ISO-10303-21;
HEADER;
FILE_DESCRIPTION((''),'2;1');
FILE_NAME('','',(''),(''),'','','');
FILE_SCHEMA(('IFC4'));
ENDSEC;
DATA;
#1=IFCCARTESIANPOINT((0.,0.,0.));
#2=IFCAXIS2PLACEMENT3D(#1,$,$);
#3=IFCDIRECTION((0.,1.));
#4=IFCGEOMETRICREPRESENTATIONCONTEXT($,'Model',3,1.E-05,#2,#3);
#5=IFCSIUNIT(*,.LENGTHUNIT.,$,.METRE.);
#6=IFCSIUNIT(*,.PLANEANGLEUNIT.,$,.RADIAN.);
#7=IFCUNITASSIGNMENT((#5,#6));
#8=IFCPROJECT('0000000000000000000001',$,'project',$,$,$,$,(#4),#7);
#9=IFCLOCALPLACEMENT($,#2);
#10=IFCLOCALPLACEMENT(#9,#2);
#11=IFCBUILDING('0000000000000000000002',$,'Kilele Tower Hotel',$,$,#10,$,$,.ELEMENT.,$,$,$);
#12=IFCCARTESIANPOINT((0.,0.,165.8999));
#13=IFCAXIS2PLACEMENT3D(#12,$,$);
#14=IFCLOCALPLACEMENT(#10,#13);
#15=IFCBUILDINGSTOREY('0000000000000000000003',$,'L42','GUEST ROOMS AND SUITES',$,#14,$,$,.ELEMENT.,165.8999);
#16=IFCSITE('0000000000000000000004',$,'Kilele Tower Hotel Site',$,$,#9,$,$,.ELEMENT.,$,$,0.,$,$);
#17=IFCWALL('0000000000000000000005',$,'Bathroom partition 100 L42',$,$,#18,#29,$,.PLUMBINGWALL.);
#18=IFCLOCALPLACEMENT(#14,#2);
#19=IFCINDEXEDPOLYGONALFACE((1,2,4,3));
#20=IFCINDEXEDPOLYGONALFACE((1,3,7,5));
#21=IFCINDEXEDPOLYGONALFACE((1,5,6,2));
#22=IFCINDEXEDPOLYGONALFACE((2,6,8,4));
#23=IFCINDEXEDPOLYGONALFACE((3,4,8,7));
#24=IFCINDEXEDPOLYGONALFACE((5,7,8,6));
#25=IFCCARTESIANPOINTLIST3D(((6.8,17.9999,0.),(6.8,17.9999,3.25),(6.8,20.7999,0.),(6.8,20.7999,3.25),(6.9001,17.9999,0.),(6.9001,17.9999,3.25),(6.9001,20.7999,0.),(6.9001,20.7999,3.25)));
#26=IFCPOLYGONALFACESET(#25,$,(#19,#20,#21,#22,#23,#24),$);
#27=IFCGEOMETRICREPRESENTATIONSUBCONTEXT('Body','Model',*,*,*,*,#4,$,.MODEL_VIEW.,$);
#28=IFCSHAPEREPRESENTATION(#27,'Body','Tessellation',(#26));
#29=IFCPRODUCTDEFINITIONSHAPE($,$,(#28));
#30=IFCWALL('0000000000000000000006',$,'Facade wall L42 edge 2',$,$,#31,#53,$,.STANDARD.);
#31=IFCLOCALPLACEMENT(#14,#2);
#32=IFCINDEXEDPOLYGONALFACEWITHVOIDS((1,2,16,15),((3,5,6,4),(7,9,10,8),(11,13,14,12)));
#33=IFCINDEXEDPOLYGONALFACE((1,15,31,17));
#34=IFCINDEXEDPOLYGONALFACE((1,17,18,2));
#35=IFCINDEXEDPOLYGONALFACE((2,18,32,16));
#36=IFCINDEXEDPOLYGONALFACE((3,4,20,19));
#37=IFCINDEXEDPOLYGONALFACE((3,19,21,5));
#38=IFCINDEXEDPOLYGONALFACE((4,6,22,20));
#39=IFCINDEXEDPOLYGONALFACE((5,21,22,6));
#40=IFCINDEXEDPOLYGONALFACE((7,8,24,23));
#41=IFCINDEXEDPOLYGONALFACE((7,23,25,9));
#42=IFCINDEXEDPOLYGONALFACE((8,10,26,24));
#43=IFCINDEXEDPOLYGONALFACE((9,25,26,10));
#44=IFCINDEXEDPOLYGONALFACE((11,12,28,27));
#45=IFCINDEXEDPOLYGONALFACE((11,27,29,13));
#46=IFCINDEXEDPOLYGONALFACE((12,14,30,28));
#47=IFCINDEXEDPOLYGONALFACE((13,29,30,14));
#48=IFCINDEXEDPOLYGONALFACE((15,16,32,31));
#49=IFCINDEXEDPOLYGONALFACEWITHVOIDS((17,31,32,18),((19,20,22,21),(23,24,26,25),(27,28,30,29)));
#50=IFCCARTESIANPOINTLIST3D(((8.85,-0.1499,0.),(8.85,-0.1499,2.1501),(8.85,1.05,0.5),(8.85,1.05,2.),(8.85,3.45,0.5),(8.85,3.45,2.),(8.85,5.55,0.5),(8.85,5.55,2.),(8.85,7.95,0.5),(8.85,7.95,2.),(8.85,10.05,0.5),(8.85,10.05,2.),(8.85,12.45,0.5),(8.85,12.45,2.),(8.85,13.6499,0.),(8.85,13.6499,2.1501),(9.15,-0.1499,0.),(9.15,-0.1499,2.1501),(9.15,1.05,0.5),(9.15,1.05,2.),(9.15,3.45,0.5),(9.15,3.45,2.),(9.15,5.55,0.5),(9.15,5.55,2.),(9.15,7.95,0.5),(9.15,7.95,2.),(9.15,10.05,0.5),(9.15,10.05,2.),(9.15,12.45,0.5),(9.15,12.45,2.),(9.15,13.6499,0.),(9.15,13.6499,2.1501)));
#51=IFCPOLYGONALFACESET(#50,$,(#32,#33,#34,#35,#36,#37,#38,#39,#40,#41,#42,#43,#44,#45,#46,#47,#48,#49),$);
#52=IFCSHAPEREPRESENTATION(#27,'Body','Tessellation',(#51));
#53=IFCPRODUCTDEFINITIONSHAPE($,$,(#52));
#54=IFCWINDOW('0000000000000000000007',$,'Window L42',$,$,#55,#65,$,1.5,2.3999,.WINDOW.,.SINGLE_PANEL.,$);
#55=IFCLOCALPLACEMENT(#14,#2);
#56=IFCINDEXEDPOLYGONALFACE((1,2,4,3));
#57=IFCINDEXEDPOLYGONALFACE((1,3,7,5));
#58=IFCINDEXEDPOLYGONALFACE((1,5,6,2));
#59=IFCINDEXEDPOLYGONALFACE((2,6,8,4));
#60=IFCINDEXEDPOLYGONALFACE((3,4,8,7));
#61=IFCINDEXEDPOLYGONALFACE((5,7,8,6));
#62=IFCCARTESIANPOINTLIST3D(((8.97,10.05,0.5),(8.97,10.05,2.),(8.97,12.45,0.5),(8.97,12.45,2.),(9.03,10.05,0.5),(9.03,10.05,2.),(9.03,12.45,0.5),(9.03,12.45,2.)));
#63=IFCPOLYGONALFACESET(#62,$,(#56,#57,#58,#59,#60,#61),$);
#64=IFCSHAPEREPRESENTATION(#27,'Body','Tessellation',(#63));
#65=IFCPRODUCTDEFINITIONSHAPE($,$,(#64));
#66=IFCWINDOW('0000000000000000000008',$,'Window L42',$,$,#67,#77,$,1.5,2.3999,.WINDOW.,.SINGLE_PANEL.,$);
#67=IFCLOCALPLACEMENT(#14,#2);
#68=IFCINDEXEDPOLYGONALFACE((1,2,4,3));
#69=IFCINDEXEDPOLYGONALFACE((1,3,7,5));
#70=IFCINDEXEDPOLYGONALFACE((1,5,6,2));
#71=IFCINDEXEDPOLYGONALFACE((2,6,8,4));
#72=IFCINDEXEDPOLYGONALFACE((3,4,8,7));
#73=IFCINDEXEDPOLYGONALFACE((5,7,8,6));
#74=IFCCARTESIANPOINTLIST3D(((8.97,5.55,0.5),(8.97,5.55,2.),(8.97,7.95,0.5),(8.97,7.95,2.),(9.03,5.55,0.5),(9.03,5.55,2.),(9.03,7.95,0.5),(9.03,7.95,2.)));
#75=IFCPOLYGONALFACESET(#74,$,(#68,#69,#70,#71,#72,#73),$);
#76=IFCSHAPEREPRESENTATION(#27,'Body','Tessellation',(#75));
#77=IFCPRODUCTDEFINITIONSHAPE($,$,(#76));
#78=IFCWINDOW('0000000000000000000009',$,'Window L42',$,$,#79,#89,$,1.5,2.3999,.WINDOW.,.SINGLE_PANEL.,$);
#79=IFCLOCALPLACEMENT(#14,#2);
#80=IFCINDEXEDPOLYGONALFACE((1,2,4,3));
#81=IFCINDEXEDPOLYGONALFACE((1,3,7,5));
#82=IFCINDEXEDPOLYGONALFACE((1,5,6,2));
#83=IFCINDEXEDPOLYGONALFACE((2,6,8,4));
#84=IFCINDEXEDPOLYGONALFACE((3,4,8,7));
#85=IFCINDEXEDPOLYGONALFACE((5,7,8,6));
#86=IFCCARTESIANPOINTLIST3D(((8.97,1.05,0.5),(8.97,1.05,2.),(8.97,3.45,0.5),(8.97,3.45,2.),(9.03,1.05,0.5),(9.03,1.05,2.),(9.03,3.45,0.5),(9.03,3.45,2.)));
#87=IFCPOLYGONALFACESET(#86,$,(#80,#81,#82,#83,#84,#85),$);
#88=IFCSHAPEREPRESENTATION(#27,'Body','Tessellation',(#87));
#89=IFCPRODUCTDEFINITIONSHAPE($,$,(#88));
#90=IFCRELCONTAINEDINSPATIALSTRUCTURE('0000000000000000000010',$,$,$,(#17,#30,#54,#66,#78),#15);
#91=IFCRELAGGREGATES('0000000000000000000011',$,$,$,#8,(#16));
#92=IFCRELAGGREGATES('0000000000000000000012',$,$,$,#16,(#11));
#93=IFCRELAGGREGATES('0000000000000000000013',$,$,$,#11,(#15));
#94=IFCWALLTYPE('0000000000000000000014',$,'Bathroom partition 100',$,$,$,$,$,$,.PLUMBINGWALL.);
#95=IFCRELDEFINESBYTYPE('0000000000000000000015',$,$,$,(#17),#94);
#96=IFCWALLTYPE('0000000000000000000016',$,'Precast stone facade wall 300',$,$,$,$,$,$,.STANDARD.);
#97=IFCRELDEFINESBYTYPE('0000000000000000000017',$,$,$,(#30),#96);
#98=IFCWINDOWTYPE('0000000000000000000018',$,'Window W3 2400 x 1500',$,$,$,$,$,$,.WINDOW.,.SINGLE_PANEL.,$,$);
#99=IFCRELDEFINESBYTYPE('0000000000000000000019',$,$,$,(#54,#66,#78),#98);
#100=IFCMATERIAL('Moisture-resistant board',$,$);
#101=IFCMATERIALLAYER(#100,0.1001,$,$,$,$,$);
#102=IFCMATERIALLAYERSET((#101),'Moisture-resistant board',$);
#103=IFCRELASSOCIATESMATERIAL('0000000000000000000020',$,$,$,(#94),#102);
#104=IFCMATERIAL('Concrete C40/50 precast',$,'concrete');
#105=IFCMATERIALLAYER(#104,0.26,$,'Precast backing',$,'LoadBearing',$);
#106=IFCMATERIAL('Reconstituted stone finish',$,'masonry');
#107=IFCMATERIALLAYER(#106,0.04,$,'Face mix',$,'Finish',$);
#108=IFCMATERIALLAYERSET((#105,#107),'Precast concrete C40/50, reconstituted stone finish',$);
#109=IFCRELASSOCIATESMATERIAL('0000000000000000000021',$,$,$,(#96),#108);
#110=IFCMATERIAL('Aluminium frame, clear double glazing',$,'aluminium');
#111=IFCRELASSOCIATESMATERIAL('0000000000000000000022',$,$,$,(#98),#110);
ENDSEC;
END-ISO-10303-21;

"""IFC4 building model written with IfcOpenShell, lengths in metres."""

from ifc_helpers import new_model, si_unit, direction, frame, frame_2d, origin, place, context, subcontext, project, spatial, rectangle, extrude, material, layer, layer_set, type_object, element, fill, save


model = new_model("IFC4")

# Units and contexts
model_context = context("Model", 3, precision=1e-05, world=origin(), true_north=direction((0.0, 1.0)))
body_context = subcontext(model_context, "Body", "Model", "MODEL_VIEW")
ifc_project = project(units=[si_unit("LENGTHUNIT", "METRE"), si_unit("PLANEANGLEUNIT", "RADIAN")], contexts=[model_context])

# Site, building, storey
site_placement = place(None, origin())
site = spatial("IfcSite", under=ifc_project, at=site_placement, Name="Kilele Tower Hotel Site", CompositionType="ELEMENT", RefElevation=0.0)
building_placement = place(site_placement, origin())
building = spatial("IfcBuilding", under=site, at=building_placement, Name="Kilele Tower Hotel", CompositionType="ELEMENT")
storey_placement = place(building_placement, frame((0.0, 0.0, 165.8999)))
storey = spatial("IfcBuildingStorey", under=building, at=storey_placement, Name="L42", Description="GUEST ROOMS AND SUITES", CompositionType="ELEMENT", Elevation=165.8999)

# Shared definitions
ifc_material_1 = material(Name="Moisture-resistant board")
ifc_layer_1 = layer(ifc_material_1, 0.1001)
ifc_layer_set_1 = layer_set([ifc_layer_1], Name="Moisture-resistant board")
wall_type_1 = type_object("IfcWallType", Name="Bathroom partition 100", PredefinedType="PLUMBINGWALL", material=ifc_layer_set_1)

# Wall
for number, where, z_axis, x_axis, name in (
    (1, (6.8501, 18.0, 0.0), (0.0, 0.0, 1.0), (0.0, 1.0, 0.0), "Bathroom partition 100 L42"),
):
    element("IfcWall", number, at=place(storey_placement, frame(where, z_axis=z_axis, x_axis=x_axis)), inside=storey, type_object=wall_type_1, Name=name, PredefinedType="PLUMBINGWALL", context=body_context, shape_type="SweptSolid", body=[
        extrude(rectangle(XDim=2.8, YDim=0.1001, at=frame_2d((1.3999, 0.0))), origin(), (0.0, 0.0, 1.0), 3.25),
    ])

# Wall, openings, windows
ifc_material_2 = material(Name="Concrete C40/50 precast", Category="concrete")
ifc_layer_2 = layer(ifc_material_2, 0.26, Name="Precast backing", Category="LoadBearing")
ifc_material_3 = material(Name="Reconstituted stone finish", Category="masonry")
ifc_layer_3 = layer(ifc_material_3, 0.04, Name="Face mix", Category="Finish")
ifc_layer_set_2 = layer_set([ifc_layer_2, ifc_layer_3], Name="Precast concrete C40/50, reconstituted stone finish")
wall_type_2 = type_object("IfcWallType", Name="Precast stone facade wall 300", PredefinedType="STANDARD", material=ifc_layer_set_2)
wall_1_placement = place(storey_placement, frame((9.0, 13.6499, 0.0), z_axis=(0.0, 0.0, 1.0), x_axis=(0.0, -1.0, 0.0)))
wall_1 = element("IfcWall", 2, at=wall_1_placement, inside=storey, type_object=wall_type_2, Name="Facade wall L42 edge 2", PredefinedType="STANDARD", context=body_context, shape_type="SweptSolid", body=[
    extrude(rectangle(XDim=13.7998, YDim=0.3, at=frame_2d((6.8999, 0.0))), origin(), (0.0, 0.0, 1.0), 2.1501),
])
opening_1_placement = place(wall_1_placement, frame((1.2, 0.0, 0.5)))
opening_1 = element("IfcOpeningElement", 3, at=opening_1_placement, cuts=wall_1, PredefinedType="OPENING", context=body_context, shape_type="SweptSolid", body=[
    extrude(rectangle(XDim=2.3999, YDim=1.5, at=frame_2d((1.2, 0.75))), frame((0.0, 0.1599, 0.0), z_axis=(0.0, -1.0, 0.0), x_axis=(1.0, 0.0, 0.0)), (0.0, 0.0, 1.0), 0.3201),
])
opening_2_placement = place(wall_1_placement, frame((5.7, 0.0, 0.5)))
opening_2 = element("IfcOpeningElement", 4, at=opening_2_placement, cuts=wall_1, PredefinedType="OPENING", context=body_context, shape_type="SweptSolid", body=[
    extrude(rectangle(XDim=2.3999, YDim=1.5, at=frame_2d((1.2, 0.75))), frame((0.0, 0.1599, 0.0), z_axis=(0.0, -1.0, 0.0), x_axis=(1.0, 0.0, 0.0)), (0.0, 0.0, 1.0), 0.3201),
])
opening_3_placement = place(wall_1_placement, frame((10.2, 0.0, 0.5)))
opening_3 = element("IfcOpeningElement", 5, at=opening_3_placement, cuts=wall_1, PredefinedType="OPENING", context=body_context, shape_type="SweptSolid", body=[
    extrude(rectangle(XDim=2.3999, YDim=1.5, at=frame_2d((1.2, 0.75))), frame((0.0, 0.1599, 0.0), z_axis=(0.0, -1.0, 0.0), x_axis=(1.0, 0.0, 0.0)), (0.0, 0.0, 1.0), 0.3201),
])
ifc_material_4 = material(Name="Aluminium frame, clear double glazing", Category="aluminium")
window_type = type_object("IfcWindowType", Name="Window W3 2400 x 1500", PartitioningType="SINGLE_PANEL", PredefinedType="WINDOW", material=ifc_material_4)
window_1_placement = place(opening_1_placement, origin())
window_1 = element("IfcWindow", 6, at=window_1_placement, inside=storey, type_object=window_type, Name="Window L42", OverallHeight=1.5, OverallWidth=2.3999, PartitioningType="SINGLE_PANEL", PredefinedType="WINDOW", context=body_context, shape_type="SweptSolid", body=[
    extrude(rectangle(XDim=2.3999, YDim=1.5, at=frame_2d((1.2, 0.75))), frame((0.0, 0.03, 0.0), z_axis=(0.0, -1.0, 0.0), x_axis=(1.0, 0.0, 0.0)), (0.0, 0.0, 1.0), 0.0601),
])
fill(opening_1, window_1)
window_2_placement = place(opening_2_placement, origin())
window_2 = element("IfcWindow", 7, at=window_2_placement, inside=storey, type_object=window_type, Name="Window L42", OverallHeight=1.5, OverallWidth=2.3999, PartitioningType="SINGLE_PANEL", PredefinedType="WINDOW", context=body_context, shape_type="SweptSolid", body=[
    extrude(rectangle(XDim=2.3999, YDim=1.5, at=frame_2d((1.2, 0.75))), frame((0.0, 0.03, 0.0), z_axis=(0.0, -1.0, 0.0), x_axis=(1.0, 0.0, 0.0)), (0.0, 0.0, 1.0), 0.0601),
])
fill(opening_2, window_2)
window_3_placement = place(opening_3_placement, origin())
window_3 = element("IfcWindow", 8, at=window_3_placement, inside=storey, type_object=window_type, Name="Window L42", OverallHeight=1.5, OverallWidth=2.3999, PartitioningType="SINGLE_PANEL", PredefinedType="WINDOW", context=body_context, shape_type="SweptSolid", body=[
    extrude(rectangle(XDim=2.3999, YDim=1.5, at=frame_2d((1.2, 0.75))), frame((0.0, 0.03, 0.0), z_axis=(0.0, -1.0, 0.0), x_axis=(1.0, 0.0, 0.0)), (0.0, 0.0, 1.0), 0.0601),
])
fill(opening_3, window_3)

save(model, "model.ifc")
